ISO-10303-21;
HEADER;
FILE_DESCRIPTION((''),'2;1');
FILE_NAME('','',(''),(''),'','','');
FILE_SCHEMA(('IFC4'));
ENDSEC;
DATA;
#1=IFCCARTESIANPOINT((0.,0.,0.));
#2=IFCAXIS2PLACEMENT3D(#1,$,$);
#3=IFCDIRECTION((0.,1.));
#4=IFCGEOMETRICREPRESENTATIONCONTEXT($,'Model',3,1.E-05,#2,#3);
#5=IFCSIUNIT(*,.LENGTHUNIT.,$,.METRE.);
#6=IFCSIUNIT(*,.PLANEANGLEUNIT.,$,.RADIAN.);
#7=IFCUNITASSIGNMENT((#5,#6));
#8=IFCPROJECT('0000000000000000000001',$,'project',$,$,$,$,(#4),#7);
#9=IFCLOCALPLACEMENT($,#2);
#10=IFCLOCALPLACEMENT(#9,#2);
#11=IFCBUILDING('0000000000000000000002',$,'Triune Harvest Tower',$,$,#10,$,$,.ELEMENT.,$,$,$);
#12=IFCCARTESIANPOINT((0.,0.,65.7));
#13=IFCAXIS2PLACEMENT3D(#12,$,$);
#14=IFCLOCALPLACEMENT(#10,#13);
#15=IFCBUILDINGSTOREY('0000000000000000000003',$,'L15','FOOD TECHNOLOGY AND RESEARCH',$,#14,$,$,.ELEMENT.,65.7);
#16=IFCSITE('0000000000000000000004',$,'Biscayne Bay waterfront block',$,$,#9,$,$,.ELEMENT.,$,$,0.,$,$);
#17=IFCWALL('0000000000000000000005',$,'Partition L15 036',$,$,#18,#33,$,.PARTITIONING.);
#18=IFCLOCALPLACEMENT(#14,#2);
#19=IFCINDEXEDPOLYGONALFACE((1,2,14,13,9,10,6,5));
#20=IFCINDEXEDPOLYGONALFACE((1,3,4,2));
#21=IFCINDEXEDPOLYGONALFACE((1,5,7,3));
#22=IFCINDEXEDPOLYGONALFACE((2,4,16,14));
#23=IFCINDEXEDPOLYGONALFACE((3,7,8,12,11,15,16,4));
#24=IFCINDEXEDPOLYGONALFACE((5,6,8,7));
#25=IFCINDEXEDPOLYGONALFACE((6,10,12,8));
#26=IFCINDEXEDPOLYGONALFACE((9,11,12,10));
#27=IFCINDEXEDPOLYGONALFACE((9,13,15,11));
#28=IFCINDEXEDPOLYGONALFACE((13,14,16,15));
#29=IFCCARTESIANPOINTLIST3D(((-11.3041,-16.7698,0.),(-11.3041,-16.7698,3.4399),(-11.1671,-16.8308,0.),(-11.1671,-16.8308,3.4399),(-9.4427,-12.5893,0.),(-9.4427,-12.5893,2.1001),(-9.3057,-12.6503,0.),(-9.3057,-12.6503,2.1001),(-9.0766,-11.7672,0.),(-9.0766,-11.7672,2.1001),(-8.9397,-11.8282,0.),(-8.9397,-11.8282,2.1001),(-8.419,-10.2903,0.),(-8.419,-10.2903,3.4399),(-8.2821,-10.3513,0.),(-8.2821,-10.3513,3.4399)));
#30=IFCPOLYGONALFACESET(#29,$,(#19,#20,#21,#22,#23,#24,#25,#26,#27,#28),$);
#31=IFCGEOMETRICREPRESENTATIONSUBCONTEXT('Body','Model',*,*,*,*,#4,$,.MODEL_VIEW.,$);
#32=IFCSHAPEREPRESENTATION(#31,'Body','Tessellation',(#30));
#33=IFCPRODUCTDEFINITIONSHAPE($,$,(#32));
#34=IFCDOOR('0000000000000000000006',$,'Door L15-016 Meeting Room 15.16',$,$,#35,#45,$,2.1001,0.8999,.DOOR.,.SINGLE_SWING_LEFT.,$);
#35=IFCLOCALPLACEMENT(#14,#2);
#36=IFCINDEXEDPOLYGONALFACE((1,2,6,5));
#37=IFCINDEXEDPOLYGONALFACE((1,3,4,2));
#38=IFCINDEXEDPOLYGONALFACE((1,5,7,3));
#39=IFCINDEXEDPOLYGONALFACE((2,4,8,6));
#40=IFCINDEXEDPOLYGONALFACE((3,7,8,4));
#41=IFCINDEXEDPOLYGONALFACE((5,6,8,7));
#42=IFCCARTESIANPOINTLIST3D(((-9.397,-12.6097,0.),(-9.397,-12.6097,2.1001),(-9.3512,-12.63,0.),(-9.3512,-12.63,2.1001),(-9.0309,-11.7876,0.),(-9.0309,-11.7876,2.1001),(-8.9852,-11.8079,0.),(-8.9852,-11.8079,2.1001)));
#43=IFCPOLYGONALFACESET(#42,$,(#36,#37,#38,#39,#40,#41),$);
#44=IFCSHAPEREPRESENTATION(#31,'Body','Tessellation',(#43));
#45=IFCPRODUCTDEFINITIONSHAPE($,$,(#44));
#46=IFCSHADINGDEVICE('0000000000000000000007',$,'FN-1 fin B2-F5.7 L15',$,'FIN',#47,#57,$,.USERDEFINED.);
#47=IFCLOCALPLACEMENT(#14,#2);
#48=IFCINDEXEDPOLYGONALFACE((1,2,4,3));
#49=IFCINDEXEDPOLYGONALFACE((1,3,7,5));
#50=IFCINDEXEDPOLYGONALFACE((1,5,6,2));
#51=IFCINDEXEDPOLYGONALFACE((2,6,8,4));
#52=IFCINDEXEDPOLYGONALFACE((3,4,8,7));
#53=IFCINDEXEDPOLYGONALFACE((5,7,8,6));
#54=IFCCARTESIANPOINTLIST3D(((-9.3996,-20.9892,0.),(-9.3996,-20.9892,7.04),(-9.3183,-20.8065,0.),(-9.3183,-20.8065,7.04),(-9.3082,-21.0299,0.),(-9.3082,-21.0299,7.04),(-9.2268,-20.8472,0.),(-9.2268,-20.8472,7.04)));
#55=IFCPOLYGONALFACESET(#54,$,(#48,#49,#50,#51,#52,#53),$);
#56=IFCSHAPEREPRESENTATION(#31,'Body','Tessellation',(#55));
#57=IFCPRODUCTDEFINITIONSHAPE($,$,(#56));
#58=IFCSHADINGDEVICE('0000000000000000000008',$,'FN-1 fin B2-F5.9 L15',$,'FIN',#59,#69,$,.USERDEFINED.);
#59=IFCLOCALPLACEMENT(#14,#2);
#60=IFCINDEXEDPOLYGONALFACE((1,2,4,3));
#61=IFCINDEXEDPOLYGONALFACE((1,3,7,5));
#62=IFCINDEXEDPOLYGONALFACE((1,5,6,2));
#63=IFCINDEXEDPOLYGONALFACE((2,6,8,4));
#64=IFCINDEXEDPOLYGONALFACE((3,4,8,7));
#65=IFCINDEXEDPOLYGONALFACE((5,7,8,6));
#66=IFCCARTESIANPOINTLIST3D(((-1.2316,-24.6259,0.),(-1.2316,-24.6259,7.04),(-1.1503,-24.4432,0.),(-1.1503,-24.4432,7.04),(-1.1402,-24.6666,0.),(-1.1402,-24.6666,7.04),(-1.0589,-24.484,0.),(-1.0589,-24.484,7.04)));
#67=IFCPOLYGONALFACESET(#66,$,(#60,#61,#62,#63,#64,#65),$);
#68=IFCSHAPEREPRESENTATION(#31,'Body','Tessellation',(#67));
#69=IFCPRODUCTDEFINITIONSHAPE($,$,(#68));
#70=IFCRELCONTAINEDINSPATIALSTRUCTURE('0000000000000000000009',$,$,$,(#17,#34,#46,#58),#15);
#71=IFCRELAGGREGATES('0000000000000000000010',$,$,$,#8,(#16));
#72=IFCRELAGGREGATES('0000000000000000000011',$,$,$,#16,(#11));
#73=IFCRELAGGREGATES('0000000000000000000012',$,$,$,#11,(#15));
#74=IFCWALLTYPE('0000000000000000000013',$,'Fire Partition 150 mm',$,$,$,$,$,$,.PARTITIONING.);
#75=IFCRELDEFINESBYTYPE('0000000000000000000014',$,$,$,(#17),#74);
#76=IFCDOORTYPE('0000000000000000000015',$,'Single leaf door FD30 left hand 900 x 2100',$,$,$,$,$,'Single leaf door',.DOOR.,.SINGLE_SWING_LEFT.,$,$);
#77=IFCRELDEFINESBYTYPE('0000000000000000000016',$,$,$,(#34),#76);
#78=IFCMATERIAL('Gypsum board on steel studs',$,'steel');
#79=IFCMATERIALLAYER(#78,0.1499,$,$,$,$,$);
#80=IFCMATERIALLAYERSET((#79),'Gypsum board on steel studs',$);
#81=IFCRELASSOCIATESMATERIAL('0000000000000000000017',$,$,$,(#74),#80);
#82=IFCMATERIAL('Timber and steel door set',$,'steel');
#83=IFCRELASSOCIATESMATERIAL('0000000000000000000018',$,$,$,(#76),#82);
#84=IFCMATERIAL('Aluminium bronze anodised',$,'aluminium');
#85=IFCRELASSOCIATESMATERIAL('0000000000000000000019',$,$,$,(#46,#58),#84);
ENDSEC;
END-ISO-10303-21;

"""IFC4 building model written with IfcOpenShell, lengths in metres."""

from ifc_helpers import new_model, si_unit, direction, frame, frame_2d, origin, origin_2d, place, context, subcontext, project, spatial, rectangle, extrude, source, transform, mapped, material, layer, layer_set, type_object, element, fill, save


model = new_model("IFC4")

# Units and contexts
model_context = context("Model", 3, precision=1e-05, world=origin(), true_north=direction((0.0, 1.0)))
body_context = subcontext(model_context, "Body", "Model", "MODEL_VIEW")
ifc_project = project(units=[si_unit("LENGTHUNIT", "METRE"), si_unit("PLANEANGLEUNIT", "RADIAN")], contexts=[model_context])

# Site, building, storey
site_placement = place(None, origin())
site = spatial("IfcSite", under=ifc_project, at=site_placement, Name="Biscayne Bay waterfront block", CompositionType="ELEMENT", RefElevation=0.0)
building_placement = place(site_placement, origin())
building = spatial("IfcBuilding", under=site, at=building_placement, Name="Triune Harvest Tower", CompositionType="ELEMENT")
storey_placement = place(building_placement, frame((0.0, 0.0, 65.7)))
storey = spatial("IfcBuildingStorey", under=building, at=storey_placement, Name="L15", Description="FOOD TECHNOLOGY AND RESEARCH", CompositionType="ELEMENT", Elevation=65.7)

# Shared definitions
ifc_material_1 = material(Name="Gypsum board on steel studs", Category="steel")
ifc_layer_1 = layer(ifc_material_1, 0.1499)
ifc_layer_set_1 = layer_set([ifc_layer_1], Name="Gypsum board on steel studs")
wall_type_1 = type_object("IfcWallType", Name="Fire Partition 150 mm", PredefinedType="PARTITIONING", material=ifc_layer_set_1)
ifc_material_2 = material(Name="Timber and steel door set", Category="steel")
door_type = type_object("IfcDoorType", Name="Single leaf door FD30 left hand 900 x 2100", ElementType="Single leaf door", OperationType="SINGLE_SWING_LEFT", PredefinedType="DOOR", material=ifc_material_2)

# Wall, opening, door
shared_shape_1 = source(origin(), body_context, "Body", "SweptSolid", [
    extrude(rectangle(XDim=7.0928, YDim=0.1499, at=frame_2d((3.5464, 0.0))), origin(), (0.0, 0.0, 1.0), 3.4399),
])
wall_1_placement = place(storey_placement, frame((-11.2356, -16.8003, 0.0), z_axis=(0.0, 0.0, 1.0), x_axis=(0.406755, 0.913537, 0.0)))
wall_1 = element("IfcWall", 1, at=wall_1_placement, inside=storey, type_object=wall_type_1, Name="Partition L15 036", PredefinedType="PARTITIONING", context=body_context, shape_type="MappedRepresentation", body=[
    mapped(shared_shape_1, transform((0.0, 0.0, 0.0), scale=1.0)),
])
opening_1_placement = place(wall_1_placement, frame((4.5762, 0.0, 0.0)))
opening_1 = element("IfcOpeningElement", 2, at=opening_1_placement, cuts=wall_1, PredefinedType="OPENING", context=body_context, shape_type="SweptSolid", body=[
    extrude(rectangle(XDim=0.8999, YDim=2.1001, at=frame_2d((0.45, 1.05))), frame((0.0, 0.085, 0.0), z_axis=(0.0, -1.0, 0.0), x_axis=(1.0, 0.0, 0.0)), (0.0, 0.0, 1.0), 0.1699),
])
door_1_placement = place(opening_1_placement, origin())
door_1 = element("IfcDoor", 3, at=door_1_placement, inside=storey, type_object=door_type, Name="Door L15-016 Meeting Room 15.16", OperationType="SINGLE_SWING_LEFT", OverallHeight=2.1001, OverallWidth=0.8999, PredefinedType="DOOR", context=body_context, shape_type="SweptSolid", body=[
    extrude(rectangle(XDim=0.8999, YDim=2.1001, at=frame_2d((0.45, 1.05))), frame((0.0, 0.0249, 0.0), z_axis=(0.0, -1.0, 0.0), x_axis=(1.0, 0.0, 0.0)), (0.0, 0.0, 1.0), 0.05),
])
fill(opening_1, door_1)

# Shading devices
ifc_material_3 = material(Name="Aluminium bronze anodised", Category="aluminium")
shared_shape_2 = source(origin(), body_context, "Body", "SweptSolid", [
    extrude(rectangle(XDim=0.1001, YDim=0.2, at=origin_2d()), origin(), (0.0, 0.0, 1.0), 7.04),
])
for number, where, z_axis, x_axis, name in (
    (4, (-9.3132, -20.9182, 0.0), (0.0, 0.0, 1.0), (0.913545, -0.406737, 0.0), "FN-1 fin B2-F5.7 L15"),
    (5, (-1.1453, -24.5549, 0.0), (0.0, 0.0, 1.0), (0.913545, -0.406737, 0.0), "FN-1 fin B2-F5.9 L15"),
):
    element("IfcShadingDevice", number, at=place(storey_placement, frame(where, z_axis=z_axis, x_axis=x_axis)), inside=storey, material=ifc_material_3, Name=name, ObjectType="FIN", PredefinedType="USERDEFINED", context=body_context, shape_type="MappedRepresentation", body=[
        mapped(shared_shape_2, transform((0.0, 0.0, 0.0), scale=1.0)),
    ])

save(model, "model.ifc")
